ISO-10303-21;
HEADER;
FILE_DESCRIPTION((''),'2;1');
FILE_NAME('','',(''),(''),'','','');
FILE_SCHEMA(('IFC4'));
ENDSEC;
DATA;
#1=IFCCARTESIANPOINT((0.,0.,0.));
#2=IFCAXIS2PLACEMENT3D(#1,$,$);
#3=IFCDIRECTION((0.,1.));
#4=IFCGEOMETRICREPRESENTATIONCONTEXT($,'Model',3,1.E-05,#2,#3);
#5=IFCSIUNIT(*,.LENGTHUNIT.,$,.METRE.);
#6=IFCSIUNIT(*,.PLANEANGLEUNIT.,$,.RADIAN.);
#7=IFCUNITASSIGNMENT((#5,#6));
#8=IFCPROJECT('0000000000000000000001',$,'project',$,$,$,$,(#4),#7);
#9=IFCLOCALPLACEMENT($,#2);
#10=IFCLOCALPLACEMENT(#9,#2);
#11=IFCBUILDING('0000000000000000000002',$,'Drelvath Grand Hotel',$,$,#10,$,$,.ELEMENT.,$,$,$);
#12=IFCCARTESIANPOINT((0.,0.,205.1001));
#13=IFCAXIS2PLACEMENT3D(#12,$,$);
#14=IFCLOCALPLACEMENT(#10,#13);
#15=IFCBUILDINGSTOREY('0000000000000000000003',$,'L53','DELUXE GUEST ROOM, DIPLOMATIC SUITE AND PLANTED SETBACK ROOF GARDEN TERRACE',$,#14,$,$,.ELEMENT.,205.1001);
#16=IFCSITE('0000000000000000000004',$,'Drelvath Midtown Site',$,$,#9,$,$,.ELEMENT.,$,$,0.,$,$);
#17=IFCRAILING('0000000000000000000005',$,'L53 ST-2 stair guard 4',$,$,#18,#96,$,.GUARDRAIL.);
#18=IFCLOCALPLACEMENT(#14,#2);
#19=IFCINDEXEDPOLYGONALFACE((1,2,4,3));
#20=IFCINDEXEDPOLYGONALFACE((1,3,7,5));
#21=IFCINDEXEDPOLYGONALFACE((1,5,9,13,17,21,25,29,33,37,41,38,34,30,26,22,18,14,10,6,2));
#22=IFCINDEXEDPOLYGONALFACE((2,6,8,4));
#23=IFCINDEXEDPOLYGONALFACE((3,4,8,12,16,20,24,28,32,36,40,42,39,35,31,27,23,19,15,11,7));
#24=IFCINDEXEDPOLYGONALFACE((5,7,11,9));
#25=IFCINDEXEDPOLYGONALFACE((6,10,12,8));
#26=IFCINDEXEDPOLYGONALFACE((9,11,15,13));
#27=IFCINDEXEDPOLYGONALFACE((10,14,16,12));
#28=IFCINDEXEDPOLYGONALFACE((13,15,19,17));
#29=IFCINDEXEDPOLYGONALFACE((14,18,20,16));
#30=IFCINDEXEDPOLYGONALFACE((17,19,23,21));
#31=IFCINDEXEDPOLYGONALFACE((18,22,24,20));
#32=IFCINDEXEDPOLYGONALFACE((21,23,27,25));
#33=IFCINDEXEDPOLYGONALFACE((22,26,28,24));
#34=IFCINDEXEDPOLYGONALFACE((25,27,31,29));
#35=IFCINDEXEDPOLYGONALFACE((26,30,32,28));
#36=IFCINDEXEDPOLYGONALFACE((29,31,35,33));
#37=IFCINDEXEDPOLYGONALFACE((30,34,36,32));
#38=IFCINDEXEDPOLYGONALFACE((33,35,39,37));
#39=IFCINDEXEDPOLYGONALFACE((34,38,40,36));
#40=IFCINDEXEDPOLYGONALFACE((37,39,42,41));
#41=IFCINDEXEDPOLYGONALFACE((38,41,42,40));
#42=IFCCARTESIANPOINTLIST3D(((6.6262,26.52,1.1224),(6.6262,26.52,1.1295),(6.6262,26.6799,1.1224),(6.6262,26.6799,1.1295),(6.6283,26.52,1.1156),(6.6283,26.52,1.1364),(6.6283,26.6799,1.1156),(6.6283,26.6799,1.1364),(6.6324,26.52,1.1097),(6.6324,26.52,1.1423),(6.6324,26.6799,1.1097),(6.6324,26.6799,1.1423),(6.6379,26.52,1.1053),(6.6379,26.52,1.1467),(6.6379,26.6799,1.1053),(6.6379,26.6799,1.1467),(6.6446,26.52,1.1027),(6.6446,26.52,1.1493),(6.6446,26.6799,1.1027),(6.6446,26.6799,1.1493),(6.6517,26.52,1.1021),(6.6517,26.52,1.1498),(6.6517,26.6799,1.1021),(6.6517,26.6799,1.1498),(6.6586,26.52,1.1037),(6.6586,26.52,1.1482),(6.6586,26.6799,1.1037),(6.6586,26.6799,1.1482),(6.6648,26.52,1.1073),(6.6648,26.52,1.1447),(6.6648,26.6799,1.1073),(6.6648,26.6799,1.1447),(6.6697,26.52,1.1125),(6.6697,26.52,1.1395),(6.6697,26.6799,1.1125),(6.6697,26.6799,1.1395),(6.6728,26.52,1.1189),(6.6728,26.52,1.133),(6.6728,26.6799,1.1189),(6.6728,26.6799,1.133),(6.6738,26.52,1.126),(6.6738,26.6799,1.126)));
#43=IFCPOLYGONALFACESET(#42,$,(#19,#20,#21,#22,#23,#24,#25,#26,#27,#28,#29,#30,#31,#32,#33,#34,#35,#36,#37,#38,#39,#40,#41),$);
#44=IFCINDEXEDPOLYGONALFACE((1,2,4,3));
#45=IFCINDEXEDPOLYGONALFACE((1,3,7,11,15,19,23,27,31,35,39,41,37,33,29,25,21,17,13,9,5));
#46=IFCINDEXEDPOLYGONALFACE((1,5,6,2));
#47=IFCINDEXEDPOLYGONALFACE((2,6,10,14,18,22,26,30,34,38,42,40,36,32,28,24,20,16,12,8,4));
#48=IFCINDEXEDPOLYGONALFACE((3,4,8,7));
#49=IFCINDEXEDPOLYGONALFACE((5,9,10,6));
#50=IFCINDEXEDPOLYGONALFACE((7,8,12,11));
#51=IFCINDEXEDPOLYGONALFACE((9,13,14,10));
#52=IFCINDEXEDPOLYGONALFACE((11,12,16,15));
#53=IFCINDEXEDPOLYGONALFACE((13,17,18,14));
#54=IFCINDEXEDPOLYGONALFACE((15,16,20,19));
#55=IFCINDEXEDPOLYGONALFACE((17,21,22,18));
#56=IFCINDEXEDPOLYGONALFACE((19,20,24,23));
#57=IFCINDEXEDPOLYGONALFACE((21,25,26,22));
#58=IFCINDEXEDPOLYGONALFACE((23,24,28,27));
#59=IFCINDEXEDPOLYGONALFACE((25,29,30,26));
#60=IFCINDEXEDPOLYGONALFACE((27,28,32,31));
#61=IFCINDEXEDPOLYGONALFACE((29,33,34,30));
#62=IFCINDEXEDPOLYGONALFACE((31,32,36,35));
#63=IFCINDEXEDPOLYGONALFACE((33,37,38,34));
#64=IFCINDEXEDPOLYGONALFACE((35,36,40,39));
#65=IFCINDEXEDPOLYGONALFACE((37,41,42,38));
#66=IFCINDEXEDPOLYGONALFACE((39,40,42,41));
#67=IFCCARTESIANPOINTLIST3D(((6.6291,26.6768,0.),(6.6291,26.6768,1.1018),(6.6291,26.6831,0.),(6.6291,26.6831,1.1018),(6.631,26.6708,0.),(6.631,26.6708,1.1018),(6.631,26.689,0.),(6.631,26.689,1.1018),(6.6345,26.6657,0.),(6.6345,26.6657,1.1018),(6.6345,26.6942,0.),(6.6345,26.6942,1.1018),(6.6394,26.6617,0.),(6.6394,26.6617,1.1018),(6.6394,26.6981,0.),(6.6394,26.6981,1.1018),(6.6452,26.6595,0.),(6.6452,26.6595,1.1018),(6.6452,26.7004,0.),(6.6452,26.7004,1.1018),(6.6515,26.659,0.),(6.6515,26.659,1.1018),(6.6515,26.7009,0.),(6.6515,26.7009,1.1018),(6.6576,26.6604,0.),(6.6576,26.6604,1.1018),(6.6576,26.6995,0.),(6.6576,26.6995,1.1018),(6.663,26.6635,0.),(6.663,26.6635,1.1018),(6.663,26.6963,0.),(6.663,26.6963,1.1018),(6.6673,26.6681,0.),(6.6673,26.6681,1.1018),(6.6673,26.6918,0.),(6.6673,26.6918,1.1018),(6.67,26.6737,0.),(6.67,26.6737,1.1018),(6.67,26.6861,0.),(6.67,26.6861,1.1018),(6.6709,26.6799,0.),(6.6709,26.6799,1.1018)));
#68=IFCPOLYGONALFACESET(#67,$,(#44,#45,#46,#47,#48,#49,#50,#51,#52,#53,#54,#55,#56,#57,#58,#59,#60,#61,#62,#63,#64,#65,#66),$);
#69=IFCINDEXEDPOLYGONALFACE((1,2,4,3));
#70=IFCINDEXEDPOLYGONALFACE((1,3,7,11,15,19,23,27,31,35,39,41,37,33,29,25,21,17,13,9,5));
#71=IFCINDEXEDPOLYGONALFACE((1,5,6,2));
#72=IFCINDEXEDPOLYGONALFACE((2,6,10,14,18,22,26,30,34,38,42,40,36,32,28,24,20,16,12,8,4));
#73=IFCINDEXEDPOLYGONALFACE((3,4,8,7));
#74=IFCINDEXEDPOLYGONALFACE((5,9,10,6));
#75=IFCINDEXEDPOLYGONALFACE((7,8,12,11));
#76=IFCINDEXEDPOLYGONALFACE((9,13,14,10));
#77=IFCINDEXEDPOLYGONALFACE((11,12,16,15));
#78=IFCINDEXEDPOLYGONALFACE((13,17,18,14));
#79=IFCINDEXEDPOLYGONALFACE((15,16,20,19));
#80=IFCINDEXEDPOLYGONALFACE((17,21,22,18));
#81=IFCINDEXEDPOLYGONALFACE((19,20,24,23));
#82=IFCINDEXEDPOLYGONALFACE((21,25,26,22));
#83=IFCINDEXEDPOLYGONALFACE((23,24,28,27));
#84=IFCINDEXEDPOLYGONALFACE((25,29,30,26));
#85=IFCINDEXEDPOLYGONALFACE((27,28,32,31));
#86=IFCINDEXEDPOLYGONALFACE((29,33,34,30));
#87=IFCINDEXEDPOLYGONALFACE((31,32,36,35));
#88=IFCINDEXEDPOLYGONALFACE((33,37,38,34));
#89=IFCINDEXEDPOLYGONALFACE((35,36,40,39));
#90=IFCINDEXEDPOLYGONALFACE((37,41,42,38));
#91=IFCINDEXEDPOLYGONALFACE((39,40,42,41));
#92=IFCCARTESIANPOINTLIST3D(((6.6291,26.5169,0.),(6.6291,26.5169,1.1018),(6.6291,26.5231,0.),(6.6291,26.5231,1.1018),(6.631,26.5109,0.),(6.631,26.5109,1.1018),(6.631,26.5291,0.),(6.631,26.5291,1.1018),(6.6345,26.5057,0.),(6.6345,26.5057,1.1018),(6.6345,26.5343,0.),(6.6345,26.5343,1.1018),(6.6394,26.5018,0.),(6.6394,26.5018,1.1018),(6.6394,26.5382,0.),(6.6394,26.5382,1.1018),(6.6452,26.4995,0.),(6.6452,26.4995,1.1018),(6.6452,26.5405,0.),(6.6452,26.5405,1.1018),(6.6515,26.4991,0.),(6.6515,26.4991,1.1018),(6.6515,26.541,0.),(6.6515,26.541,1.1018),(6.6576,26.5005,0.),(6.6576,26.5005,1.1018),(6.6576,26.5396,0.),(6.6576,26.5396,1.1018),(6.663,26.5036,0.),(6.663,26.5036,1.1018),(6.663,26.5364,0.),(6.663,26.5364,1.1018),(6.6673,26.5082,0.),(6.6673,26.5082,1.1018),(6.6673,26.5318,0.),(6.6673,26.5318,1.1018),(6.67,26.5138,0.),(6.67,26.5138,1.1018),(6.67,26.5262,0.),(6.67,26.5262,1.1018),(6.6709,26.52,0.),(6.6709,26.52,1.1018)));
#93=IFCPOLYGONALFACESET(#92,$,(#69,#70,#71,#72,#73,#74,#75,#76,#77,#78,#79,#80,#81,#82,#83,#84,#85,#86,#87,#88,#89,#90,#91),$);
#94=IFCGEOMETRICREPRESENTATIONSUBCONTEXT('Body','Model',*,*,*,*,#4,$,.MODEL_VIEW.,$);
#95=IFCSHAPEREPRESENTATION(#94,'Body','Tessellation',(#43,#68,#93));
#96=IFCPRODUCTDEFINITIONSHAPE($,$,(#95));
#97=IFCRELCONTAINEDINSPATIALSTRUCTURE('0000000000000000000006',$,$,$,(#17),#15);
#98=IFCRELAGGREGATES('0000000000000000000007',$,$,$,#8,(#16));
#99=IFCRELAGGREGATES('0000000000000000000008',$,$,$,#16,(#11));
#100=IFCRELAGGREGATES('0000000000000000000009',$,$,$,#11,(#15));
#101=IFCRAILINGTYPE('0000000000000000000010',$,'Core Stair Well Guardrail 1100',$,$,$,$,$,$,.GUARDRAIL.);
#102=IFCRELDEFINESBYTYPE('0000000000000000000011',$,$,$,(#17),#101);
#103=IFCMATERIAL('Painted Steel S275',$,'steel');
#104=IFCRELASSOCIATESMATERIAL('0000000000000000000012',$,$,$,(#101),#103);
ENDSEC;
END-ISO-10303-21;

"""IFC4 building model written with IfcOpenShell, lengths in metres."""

from ifc_helpers import new_model, si_unit, direction, frame, origin, origin_2d, place, context, subcontext, project, spatial, circle, extrude, material, type_object, element, save


model = new_model("IFC4")

# Units and contexts
model_context = context("Model", 3, precision=1e-05, world=origin(), true_north=direction((0.0, 1.0)))
body_context = subcontext(model_context, "Body", "Model", "MODEL_VIEW")
ifc_project = project(units=[si_unit("LENGTHUNIT", "METRE"), si_unit("PLANEANGLEUNIT", "RADIAN")], contexts=[model_context])

# Site, building, storey
site_placement = place(None, origin())
site = spatial("IfcSite", under=ifc_project, at=site_placement, Name="Drelvath Midtown Site", CompositionType="ELEMENT", RefElevation=0.0)
building_placement = place(site_placement, origin())
building = spatial("IfcBuilding", under=site, at=building_placement, Name="Drelvath Grand Hotel", CompositionType="ELEMENT")
storey_placement = place(building_placement, frame((0.0, 0.0, 205.1001)))
storey = spatial("IfcBuildingStorey", under=building, at=storey_placement, Name="L53", Description="DELUXE GUEST ROOM, DIPLOMATIC SUITE AND PLANTED SETBACK ROOF GARDEN TERRACE", CompositionType="ELEMENT", Elevation=205.1001)

# Railing
ifc_material_1 = material(Name="Painted Steel S275", Category="steel")
railing_type_1 = type_object("IfcRailingType", Name="Core Stair Well Guardrail 1100", PredefinedType="GUARDRAIL", material=ifc_material_1)
railing_1_placement = place(storey_placement, frame((6.6499, 26.6799, 0.0)))
element("IfcRailing", 1, at=railing_1_placement, inside=storey, type_object=railing_type_1, Name="L53 ST-2 stair guard 4", PredefinedType="GUARDRAIL", context=body_context, shape_type="SweptSolid", body=[
    extrude(circle(Radius=0.0239, at=origin_2d()), frame((0.0, 0.0, 1.126), z_axis=(0.0, -1.0, 0.0), x_axis=(1.0, 0.0, 0.0)), (0.0, 0.0, 1.0), 0.1599),
    extrude(circle(Radius=0.021, at=origin_2d()), origin(), (0.0, 0.0, 1.0), 1.1018),
    extrude(circle(Radius=0.021, at=origin_2d()), frame((0.0, -0.1599, 0.0)), (0.0, 0.0, 1.0), 1.1018),
])

save(model, "model.ifc")
